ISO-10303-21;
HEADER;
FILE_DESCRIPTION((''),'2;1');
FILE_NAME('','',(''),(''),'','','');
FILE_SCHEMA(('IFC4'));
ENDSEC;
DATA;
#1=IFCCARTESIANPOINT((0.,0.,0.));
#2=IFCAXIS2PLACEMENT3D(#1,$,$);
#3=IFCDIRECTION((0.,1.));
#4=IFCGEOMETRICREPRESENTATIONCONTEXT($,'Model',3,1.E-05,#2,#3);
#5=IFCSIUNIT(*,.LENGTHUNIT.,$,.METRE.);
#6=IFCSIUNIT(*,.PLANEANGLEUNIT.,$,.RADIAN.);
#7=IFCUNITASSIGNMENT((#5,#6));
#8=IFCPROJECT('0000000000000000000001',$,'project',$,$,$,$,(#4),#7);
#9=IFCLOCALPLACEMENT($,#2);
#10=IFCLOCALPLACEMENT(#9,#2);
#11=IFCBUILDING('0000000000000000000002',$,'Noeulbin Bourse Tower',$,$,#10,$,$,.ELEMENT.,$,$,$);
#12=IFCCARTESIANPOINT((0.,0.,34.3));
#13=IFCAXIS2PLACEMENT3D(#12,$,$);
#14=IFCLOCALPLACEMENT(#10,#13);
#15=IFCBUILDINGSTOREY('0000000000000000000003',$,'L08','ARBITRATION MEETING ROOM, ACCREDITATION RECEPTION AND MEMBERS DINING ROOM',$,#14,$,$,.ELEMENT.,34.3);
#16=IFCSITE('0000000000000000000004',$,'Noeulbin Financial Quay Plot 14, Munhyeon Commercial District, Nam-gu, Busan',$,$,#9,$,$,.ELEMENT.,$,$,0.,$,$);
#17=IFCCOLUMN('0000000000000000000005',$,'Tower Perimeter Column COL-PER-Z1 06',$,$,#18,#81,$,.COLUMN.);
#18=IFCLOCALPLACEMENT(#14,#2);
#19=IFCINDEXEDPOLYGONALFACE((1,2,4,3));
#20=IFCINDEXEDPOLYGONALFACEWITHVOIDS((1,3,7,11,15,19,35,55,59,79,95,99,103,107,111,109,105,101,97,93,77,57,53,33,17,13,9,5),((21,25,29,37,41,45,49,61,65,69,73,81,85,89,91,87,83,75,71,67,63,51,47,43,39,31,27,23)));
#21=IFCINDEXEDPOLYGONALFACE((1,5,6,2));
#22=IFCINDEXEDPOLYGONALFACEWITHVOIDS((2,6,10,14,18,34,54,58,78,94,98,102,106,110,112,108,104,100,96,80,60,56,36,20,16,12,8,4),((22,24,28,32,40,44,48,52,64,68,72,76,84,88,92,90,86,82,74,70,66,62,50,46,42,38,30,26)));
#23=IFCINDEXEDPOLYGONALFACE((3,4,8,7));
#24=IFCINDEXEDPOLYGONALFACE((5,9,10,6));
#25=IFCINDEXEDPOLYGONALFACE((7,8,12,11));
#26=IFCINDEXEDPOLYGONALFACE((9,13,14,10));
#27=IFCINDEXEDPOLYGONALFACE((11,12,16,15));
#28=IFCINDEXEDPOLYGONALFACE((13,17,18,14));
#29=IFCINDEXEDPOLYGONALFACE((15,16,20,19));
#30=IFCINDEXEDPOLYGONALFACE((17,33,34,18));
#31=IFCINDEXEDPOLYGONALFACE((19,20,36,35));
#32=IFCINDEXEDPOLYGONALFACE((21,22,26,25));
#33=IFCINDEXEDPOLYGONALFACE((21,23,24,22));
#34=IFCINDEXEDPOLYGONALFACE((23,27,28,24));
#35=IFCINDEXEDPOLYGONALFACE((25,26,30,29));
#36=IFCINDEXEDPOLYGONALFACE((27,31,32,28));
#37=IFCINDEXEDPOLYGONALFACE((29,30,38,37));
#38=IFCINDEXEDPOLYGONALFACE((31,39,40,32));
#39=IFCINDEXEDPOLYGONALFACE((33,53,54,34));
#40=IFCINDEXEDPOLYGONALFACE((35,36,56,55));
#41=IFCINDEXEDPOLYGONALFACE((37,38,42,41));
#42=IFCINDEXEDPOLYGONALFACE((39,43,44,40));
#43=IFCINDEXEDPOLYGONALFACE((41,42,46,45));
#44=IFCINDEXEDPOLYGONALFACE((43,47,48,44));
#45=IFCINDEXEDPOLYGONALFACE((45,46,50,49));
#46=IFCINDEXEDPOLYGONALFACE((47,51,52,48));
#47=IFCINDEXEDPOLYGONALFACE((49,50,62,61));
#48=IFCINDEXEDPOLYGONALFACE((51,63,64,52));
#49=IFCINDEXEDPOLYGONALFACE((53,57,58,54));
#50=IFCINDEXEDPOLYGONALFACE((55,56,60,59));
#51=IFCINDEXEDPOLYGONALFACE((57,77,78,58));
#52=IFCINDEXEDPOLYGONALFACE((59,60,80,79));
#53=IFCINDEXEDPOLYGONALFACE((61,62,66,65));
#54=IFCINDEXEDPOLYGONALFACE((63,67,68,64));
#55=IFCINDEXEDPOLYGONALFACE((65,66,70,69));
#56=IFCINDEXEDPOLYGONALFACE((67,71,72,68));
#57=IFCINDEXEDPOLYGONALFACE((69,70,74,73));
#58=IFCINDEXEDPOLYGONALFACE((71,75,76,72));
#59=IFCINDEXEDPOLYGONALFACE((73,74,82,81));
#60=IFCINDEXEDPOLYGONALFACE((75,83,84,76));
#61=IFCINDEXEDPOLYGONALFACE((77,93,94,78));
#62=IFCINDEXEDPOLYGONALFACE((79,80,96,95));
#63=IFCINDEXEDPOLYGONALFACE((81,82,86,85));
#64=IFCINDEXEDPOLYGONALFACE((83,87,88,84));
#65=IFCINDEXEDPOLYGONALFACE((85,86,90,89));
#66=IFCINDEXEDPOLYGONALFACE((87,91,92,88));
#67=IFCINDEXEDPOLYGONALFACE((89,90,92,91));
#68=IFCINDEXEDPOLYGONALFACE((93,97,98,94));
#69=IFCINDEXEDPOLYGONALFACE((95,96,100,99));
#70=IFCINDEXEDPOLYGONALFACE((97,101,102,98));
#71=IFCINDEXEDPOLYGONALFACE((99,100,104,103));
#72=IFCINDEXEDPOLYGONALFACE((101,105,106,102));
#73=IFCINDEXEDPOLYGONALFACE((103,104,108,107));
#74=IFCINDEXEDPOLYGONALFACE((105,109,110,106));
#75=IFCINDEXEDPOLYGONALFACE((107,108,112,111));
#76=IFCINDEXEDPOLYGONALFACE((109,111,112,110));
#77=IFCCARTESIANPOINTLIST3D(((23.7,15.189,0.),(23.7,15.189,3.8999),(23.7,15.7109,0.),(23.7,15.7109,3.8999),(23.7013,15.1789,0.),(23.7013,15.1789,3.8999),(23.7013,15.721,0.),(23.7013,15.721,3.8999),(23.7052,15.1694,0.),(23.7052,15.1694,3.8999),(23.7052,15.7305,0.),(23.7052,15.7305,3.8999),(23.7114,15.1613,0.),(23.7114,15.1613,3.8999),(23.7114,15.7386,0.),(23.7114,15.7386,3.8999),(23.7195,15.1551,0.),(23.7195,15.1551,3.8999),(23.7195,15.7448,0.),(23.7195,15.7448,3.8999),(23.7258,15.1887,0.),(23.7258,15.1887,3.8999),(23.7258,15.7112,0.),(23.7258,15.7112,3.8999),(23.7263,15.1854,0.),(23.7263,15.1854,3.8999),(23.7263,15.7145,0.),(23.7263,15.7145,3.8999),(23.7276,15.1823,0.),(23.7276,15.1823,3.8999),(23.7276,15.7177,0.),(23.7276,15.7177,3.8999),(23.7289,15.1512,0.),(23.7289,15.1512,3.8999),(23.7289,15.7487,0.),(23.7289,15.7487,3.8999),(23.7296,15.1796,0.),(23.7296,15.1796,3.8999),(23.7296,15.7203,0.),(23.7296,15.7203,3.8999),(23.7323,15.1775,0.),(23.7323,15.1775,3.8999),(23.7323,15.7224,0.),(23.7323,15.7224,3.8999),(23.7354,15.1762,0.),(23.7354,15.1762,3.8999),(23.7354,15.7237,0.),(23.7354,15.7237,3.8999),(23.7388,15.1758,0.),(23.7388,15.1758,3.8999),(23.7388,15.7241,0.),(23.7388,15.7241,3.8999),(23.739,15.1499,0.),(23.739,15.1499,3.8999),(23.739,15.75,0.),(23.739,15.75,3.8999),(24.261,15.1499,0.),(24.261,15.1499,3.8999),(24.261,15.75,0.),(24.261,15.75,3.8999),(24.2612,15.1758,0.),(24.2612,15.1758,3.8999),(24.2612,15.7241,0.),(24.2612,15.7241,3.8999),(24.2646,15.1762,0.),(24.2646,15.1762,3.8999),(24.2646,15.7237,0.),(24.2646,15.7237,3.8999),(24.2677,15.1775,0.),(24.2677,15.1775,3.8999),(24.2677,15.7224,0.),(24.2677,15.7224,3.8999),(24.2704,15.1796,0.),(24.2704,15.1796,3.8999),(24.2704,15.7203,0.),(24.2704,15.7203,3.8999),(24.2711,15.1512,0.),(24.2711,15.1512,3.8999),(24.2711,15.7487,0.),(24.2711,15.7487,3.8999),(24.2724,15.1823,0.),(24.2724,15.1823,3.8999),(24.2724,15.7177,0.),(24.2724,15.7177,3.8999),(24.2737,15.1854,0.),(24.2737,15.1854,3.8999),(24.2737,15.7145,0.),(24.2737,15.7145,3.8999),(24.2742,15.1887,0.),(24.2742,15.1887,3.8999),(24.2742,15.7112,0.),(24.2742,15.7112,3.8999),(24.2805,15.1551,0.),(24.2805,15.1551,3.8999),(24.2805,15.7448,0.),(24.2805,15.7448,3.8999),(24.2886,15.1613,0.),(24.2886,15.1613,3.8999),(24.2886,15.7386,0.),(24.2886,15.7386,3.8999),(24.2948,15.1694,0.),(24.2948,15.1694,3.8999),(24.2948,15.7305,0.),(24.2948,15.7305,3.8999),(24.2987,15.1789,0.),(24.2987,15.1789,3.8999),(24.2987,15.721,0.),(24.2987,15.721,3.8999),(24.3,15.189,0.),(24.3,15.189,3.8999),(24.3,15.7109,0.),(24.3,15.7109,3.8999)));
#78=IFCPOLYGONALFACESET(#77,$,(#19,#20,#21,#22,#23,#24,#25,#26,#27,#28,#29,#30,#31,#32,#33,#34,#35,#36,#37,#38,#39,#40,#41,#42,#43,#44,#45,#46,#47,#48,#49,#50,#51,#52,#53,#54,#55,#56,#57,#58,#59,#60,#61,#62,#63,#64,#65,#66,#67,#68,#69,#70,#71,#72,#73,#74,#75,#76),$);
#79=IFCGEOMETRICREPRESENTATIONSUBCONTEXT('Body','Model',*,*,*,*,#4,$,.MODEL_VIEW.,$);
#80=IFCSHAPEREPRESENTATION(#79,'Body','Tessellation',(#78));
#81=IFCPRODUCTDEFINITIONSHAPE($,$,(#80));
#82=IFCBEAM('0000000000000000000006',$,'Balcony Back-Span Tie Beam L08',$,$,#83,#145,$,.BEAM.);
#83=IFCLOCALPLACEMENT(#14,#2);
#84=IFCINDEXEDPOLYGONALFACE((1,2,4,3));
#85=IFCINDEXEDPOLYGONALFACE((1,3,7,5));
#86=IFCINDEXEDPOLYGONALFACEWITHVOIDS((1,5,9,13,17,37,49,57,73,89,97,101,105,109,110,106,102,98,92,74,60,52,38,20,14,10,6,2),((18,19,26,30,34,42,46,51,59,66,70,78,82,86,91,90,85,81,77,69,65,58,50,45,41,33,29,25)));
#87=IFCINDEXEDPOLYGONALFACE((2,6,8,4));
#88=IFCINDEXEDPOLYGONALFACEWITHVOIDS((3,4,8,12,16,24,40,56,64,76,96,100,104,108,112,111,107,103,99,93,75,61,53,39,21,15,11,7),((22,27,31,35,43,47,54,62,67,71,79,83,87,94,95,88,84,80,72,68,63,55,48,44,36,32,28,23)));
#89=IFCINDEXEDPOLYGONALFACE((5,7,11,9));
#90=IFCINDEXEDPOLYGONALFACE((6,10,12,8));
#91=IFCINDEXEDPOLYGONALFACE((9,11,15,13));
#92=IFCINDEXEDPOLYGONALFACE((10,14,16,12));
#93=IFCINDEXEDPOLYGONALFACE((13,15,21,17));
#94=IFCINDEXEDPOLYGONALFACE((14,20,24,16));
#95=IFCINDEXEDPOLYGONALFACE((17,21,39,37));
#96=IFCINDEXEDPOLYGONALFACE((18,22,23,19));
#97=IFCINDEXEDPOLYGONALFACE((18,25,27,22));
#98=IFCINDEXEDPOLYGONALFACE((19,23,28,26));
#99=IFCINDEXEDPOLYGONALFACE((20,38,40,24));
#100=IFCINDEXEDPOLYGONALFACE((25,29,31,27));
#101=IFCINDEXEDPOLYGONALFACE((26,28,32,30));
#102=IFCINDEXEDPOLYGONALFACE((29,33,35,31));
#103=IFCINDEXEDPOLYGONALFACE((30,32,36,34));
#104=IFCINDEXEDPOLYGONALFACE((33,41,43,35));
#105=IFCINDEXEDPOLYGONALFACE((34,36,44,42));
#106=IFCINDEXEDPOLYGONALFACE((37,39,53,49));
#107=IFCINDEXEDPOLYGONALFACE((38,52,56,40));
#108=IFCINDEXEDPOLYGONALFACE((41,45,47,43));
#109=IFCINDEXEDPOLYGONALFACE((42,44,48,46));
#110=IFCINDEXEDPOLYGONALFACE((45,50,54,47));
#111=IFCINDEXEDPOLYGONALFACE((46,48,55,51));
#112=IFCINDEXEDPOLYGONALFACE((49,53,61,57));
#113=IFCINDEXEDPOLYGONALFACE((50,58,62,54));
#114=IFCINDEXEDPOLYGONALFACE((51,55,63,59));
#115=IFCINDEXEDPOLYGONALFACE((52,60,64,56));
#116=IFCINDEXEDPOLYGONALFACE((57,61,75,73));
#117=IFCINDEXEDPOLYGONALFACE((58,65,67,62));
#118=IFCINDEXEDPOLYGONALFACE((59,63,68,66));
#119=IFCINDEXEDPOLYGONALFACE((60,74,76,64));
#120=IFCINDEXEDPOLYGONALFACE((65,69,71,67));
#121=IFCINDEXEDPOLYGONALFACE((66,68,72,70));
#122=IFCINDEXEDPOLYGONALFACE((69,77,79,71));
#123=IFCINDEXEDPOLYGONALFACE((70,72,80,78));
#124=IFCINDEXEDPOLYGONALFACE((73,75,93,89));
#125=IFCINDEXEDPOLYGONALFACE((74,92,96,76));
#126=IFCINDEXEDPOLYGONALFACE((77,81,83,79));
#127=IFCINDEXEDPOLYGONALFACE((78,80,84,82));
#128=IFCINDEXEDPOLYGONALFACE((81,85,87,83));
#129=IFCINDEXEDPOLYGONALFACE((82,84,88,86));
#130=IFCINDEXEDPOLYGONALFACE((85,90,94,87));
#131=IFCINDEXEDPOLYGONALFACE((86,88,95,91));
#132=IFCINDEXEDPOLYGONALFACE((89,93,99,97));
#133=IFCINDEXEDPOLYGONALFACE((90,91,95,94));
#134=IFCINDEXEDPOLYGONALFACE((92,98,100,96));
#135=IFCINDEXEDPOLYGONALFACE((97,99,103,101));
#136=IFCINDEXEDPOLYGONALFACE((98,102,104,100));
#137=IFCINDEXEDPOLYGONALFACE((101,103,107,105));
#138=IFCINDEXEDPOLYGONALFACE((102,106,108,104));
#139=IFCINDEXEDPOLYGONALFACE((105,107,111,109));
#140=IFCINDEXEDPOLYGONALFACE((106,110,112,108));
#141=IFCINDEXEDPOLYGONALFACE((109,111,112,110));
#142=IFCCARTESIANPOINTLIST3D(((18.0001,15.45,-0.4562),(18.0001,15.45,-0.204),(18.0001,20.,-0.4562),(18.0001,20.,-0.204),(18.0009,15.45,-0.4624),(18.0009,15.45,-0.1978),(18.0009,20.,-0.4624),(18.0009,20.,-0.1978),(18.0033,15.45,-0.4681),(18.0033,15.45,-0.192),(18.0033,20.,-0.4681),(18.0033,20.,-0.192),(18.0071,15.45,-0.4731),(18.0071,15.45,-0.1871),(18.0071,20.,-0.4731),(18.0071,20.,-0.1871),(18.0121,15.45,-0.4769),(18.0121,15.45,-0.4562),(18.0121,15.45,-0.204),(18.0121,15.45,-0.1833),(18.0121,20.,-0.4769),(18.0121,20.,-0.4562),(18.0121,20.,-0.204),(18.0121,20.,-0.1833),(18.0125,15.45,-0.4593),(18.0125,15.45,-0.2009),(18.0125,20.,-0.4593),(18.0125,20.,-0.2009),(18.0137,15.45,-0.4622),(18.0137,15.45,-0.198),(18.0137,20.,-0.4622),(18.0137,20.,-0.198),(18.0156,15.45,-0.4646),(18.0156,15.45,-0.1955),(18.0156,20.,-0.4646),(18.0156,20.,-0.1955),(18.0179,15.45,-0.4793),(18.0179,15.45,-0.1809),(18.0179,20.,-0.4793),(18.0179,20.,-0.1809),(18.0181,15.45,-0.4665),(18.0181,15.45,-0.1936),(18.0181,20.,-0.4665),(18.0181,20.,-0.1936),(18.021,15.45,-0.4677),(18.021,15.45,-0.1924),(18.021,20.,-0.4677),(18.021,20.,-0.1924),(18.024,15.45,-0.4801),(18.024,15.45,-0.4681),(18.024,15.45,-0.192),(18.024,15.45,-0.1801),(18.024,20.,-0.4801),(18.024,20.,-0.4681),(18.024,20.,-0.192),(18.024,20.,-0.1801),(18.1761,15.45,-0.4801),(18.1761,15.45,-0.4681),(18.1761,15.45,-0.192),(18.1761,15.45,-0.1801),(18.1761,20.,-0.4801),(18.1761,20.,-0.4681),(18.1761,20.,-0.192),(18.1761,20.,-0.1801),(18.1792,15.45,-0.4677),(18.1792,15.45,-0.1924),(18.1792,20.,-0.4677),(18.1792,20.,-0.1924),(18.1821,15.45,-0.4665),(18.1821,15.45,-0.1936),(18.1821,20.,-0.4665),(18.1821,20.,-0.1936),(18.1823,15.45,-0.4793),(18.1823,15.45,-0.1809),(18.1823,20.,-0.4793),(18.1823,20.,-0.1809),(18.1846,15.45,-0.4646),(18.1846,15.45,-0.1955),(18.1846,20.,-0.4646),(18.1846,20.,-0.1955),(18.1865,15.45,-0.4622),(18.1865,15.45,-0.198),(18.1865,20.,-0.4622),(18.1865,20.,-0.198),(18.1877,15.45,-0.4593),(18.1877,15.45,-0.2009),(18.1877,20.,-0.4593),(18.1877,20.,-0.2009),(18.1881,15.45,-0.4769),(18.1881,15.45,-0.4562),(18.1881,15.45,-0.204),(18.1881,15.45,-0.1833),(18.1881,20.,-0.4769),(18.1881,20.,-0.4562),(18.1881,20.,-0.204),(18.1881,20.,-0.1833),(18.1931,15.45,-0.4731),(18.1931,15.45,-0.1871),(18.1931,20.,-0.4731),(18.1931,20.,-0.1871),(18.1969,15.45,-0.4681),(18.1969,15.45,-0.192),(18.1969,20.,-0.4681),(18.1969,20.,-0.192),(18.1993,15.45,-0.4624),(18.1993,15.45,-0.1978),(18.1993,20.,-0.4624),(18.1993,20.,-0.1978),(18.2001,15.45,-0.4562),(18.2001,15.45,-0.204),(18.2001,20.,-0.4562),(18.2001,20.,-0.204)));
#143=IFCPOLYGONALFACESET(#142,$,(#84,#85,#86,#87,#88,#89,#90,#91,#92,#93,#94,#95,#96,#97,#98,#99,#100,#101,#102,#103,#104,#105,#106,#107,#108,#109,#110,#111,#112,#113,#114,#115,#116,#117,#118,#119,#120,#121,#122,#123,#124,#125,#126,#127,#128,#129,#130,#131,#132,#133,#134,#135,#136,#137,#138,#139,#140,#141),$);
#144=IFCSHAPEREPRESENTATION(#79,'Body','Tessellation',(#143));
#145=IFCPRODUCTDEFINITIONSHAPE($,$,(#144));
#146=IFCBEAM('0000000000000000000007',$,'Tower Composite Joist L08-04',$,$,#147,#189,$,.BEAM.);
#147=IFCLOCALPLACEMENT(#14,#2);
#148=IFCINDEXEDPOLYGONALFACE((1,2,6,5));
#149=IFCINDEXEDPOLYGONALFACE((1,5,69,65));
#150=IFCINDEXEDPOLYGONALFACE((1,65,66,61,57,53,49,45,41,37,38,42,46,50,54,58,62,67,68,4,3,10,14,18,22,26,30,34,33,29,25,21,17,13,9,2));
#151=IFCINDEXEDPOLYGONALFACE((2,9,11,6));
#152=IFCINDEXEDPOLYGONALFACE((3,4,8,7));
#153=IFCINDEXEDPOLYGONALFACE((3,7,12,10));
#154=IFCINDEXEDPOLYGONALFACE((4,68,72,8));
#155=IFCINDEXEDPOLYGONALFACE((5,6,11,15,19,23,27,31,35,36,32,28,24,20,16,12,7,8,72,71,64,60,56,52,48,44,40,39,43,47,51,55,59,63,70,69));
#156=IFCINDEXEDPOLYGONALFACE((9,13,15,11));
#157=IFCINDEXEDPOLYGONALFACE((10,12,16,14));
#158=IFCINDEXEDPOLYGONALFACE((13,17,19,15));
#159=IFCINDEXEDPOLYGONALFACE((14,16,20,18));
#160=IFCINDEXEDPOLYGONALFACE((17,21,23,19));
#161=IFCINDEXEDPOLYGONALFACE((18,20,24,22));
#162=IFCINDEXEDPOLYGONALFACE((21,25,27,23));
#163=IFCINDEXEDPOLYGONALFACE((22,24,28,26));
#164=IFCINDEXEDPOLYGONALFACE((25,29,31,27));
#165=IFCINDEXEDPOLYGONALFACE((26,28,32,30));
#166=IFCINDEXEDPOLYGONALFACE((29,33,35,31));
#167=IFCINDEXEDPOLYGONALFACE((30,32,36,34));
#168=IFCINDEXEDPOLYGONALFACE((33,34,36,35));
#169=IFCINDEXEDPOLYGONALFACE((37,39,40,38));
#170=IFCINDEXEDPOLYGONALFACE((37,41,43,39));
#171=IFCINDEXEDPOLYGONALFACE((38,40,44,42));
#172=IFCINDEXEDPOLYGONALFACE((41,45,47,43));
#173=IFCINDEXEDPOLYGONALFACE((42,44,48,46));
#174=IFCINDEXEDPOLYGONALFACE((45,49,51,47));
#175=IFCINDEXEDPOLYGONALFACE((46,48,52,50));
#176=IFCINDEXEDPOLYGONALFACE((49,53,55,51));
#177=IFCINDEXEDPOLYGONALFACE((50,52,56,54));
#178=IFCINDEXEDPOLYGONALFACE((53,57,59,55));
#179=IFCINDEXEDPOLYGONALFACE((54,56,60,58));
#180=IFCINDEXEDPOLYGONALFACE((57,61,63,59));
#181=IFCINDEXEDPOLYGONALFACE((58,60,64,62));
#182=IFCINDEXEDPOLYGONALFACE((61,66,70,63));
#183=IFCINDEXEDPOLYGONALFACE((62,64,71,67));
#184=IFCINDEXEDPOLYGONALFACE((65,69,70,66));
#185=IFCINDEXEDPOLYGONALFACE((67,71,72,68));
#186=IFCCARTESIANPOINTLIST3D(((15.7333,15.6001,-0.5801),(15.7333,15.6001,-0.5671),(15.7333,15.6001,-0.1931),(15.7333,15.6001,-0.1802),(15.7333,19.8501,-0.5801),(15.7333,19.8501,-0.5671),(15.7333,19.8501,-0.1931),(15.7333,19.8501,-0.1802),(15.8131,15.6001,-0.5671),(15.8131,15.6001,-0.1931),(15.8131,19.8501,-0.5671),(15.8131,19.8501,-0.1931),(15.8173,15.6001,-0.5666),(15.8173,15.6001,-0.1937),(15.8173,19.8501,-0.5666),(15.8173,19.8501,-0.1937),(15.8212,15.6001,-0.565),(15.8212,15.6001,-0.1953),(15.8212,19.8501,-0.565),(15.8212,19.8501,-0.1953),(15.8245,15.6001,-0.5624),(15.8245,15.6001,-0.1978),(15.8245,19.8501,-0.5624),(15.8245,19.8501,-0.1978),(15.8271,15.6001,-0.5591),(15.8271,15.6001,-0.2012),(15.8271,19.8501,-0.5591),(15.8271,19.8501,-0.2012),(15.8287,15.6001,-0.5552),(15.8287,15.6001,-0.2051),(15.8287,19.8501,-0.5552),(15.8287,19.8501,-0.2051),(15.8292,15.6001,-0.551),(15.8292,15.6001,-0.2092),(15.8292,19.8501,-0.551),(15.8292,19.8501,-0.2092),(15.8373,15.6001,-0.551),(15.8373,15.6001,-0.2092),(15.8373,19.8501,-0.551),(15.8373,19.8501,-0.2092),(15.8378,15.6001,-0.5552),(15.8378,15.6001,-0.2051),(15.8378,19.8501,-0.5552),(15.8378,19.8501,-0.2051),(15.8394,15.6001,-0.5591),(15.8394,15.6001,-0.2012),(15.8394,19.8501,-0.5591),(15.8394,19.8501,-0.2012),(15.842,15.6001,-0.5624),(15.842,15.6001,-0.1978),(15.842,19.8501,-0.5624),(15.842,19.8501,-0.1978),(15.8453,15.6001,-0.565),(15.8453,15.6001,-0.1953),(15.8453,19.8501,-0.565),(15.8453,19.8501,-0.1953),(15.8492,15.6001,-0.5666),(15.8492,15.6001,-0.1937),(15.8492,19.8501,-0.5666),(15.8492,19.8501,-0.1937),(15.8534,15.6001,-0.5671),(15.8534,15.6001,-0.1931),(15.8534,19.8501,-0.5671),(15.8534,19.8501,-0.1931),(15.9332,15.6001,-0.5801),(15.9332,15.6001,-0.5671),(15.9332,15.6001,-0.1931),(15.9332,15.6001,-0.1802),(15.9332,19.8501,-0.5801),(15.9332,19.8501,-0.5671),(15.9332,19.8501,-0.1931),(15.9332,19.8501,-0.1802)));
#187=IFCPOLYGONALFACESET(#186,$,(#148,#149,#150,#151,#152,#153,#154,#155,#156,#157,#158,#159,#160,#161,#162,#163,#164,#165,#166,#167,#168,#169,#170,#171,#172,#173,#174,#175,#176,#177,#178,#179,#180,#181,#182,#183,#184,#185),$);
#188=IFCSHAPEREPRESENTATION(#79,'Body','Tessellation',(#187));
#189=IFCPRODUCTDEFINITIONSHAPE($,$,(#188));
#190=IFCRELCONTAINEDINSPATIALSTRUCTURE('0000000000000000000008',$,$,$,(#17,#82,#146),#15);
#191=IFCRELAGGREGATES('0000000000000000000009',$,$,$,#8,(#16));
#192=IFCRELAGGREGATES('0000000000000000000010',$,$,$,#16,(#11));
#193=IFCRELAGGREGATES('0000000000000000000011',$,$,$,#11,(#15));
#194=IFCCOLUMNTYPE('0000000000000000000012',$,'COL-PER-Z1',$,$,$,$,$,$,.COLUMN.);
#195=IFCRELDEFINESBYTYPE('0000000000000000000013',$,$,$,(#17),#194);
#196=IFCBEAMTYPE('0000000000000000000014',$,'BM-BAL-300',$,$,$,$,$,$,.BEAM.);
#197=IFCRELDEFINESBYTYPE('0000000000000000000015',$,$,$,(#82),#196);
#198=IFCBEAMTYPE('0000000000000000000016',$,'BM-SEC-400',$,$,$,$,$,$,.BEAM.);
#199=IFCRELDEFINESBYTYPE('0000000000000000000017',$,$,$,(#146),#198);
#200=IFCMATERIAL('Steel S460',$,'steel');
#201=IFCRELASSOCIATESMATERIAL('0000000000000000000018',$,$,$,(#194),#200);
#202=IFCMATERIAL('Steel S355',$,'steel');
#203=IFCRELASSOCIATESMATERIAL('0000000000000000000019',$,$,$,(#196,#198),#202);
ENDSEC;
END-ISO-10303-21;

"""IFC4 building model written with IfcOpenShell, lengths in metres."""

from ifc_helpers import new_model, si_unit, direction, frame, origin, origin_2d, place, context, subcontext, project, spatial, hollow_rectangle, i_section, extrude, material, material_profile, profile_set, type_object, element, save


model = new_model("IFC4")

# Units and contexts
model_context = context("Model", 3, precision=1e-05, world=origin(), true_north=direction((0.0, 1.0)))
body_context = subcontext(model_context, "Body", "Model", "MODEL_VIEW")
ifc_project = project(units=[si_unit("LENGTHUNIT", "METRE"), si_unit("PLANEANGLEUNIT", "RADIAN")], contexts=[model_context])

# Site, building, storey
site_placement = place(None, origin())
site = spatial("IfcSite", under=ifc_project, at=site_placement, Name="Noeulbin Financial Quay Plot 14, Munhyeon Commercial District, Nam-gu, Busan", CompositionType="ELEMENT", RefElevation=0.0)
building_placement = place(site_placement, origin())
building = spatial("IfcBuilding", under=site, at=building_placement, Name="Noeulbin Bourse Tower", CompositionType="ELEMENT")
storey_placement = place(building_placement, frame((0.0, 0.0, 34.3)))
storey = spatial("IfcBuildingStorey", under=building, at=storey_placement, Name="L08", Description="ARBITRATION MEETING ROOM, ACCREDITATION RECEPTION AND MEMBERS DINING ROOM", CompositionType="ELEMENT", Elevation=34.3)

# Column
ifc_material_1 = material(Name="Steel S460", Category="steel")
ifc_material_profile_1 = material_profile(ifc_material_1, hollow_rectangle(XDim=0.6001, YDim=0.6001, WallThickness=0.0259, InnerFilletRadius=0.0129, OuterFilletRadius=0.0391, at=origin_2d()), Name="BOX-600x600x26", Category="LoadBearing")
ifc_profile_set_1 = profile_set([ifc_material_profile_1], Name="Steel S460")
column_type = type_object("IfcColumnType", Name="COL-PER-Z1", PredefinedType="COLUMN", material=ifc_profile_set_1)
column_placement = place(storey_placement, frame((24.0, 15.45, 0.0), z_axis=(0.0, 0.0, 1.0), x_axis=(1.0, 0.0, 0.0)))
element("IfcColumn", 1, at=column_placement, inside=storey, type_object=column_type, Name="Tower Perimeter Column COL-PER-Z1 06", PredefinedType="COLUMN", context=body_context, shape_type="SweptSolid", body=[
    extrude(hollow_rectangle(XDim=0.6001, YDim=0.6001, WallThickness=0.0259, InnerFilletRadius=0.0129, OuterFilletRadius=0.0391, at=origin_2d()), origin(), (0.0, 0.0, 1.0), 3.8999),
])

# Beams
ifc_material_2 = material(Name="Steel S355", Category="steel")
ifc_material_profile_2 = material_profile(ifc_material_2, hollow_rectangle(XDim=0.2, YDim=0.3, WallThickness=0.012, InnerFilletRadius=0.012, OuterFilletRadius=0.0239, at=origin_2d()), Name="RHS-300x200x12", Category="LoadBearing")
ifc_profile_set_2 = profile_set([ifc_material_profile_2], Name="Steel S355")
beam_type_1 = type_object("IfcBeamType", Name="BM-BAL-300", PredefinedType="BEAM", material=ifc_profile_set_2)
beam_1_placement = place(storey_placement, frame((18.1001, 15.45, -0.3301), z_axis=(0.0, 1.0, 0.0), x_axis=(-1.0, 0.0, 0.0)))
element("IfcBeam", 2, at=beam_1_placement, inside=storey, type_object=beam_type_1, Name="Balcony Back-Span Tie Beam L08", PredefinedType="BEAM", context=body_context, shape_type="SweptSolid", body=[
    extrude(hollow_rectangle(XDim=0.2, YDim=0.3, WallThickness=0.012, InnerFilletRadius=0.012, OuterFilletRadius=0.0239, at=origin_2d()), origin(), (0.0, 0.0, 1.0), 4.55),
])
ifc_material_profile_3 = material_profile(ifc_material_2, i_section(OverallWidth=0.2, OverallDepth=0.3999, WebThickness=0.0081, FlangeThickness=0.0129, FilletRadius=0.0161, at=origin_2d()), Name="H-400x200x8x13", Category="LoadBearing")
ifc_profile_set_3 = profile_set([ifc_material_profile_3], Name="Steel S355")
beam_type_2 = type_object("IfcBeamType", Name="BM-SEC-400", PredefinedType="BEAM", material=ifc_profile_set_3)
beam_2_placement = place(storey_placement, frame((15.8333, 15.6001, -0.3801), z_axis=(0.0, 1.0, 0.0), x_axis=(-1.0, 0.0, 0.0)))
element("IfcBeam", 3, at=beam_2_placement, inside=storey, type_object=beam_type_2, Name="Tower Composite Joist L08-04", PredefinedType="BEAM", context=body_context, shape_type="SweptSolid", body=[
    extrude(i_section(OverallWidth=0.2, OverallDepth=0.3999, WebThickness=0.0081, FlangeThickness=0.0129, FilletRadius=0.0161, at=origin_2d()), origin(), (0.0, 0.0, 1.0), 4.25),
])

save(model, "model.ifc")
